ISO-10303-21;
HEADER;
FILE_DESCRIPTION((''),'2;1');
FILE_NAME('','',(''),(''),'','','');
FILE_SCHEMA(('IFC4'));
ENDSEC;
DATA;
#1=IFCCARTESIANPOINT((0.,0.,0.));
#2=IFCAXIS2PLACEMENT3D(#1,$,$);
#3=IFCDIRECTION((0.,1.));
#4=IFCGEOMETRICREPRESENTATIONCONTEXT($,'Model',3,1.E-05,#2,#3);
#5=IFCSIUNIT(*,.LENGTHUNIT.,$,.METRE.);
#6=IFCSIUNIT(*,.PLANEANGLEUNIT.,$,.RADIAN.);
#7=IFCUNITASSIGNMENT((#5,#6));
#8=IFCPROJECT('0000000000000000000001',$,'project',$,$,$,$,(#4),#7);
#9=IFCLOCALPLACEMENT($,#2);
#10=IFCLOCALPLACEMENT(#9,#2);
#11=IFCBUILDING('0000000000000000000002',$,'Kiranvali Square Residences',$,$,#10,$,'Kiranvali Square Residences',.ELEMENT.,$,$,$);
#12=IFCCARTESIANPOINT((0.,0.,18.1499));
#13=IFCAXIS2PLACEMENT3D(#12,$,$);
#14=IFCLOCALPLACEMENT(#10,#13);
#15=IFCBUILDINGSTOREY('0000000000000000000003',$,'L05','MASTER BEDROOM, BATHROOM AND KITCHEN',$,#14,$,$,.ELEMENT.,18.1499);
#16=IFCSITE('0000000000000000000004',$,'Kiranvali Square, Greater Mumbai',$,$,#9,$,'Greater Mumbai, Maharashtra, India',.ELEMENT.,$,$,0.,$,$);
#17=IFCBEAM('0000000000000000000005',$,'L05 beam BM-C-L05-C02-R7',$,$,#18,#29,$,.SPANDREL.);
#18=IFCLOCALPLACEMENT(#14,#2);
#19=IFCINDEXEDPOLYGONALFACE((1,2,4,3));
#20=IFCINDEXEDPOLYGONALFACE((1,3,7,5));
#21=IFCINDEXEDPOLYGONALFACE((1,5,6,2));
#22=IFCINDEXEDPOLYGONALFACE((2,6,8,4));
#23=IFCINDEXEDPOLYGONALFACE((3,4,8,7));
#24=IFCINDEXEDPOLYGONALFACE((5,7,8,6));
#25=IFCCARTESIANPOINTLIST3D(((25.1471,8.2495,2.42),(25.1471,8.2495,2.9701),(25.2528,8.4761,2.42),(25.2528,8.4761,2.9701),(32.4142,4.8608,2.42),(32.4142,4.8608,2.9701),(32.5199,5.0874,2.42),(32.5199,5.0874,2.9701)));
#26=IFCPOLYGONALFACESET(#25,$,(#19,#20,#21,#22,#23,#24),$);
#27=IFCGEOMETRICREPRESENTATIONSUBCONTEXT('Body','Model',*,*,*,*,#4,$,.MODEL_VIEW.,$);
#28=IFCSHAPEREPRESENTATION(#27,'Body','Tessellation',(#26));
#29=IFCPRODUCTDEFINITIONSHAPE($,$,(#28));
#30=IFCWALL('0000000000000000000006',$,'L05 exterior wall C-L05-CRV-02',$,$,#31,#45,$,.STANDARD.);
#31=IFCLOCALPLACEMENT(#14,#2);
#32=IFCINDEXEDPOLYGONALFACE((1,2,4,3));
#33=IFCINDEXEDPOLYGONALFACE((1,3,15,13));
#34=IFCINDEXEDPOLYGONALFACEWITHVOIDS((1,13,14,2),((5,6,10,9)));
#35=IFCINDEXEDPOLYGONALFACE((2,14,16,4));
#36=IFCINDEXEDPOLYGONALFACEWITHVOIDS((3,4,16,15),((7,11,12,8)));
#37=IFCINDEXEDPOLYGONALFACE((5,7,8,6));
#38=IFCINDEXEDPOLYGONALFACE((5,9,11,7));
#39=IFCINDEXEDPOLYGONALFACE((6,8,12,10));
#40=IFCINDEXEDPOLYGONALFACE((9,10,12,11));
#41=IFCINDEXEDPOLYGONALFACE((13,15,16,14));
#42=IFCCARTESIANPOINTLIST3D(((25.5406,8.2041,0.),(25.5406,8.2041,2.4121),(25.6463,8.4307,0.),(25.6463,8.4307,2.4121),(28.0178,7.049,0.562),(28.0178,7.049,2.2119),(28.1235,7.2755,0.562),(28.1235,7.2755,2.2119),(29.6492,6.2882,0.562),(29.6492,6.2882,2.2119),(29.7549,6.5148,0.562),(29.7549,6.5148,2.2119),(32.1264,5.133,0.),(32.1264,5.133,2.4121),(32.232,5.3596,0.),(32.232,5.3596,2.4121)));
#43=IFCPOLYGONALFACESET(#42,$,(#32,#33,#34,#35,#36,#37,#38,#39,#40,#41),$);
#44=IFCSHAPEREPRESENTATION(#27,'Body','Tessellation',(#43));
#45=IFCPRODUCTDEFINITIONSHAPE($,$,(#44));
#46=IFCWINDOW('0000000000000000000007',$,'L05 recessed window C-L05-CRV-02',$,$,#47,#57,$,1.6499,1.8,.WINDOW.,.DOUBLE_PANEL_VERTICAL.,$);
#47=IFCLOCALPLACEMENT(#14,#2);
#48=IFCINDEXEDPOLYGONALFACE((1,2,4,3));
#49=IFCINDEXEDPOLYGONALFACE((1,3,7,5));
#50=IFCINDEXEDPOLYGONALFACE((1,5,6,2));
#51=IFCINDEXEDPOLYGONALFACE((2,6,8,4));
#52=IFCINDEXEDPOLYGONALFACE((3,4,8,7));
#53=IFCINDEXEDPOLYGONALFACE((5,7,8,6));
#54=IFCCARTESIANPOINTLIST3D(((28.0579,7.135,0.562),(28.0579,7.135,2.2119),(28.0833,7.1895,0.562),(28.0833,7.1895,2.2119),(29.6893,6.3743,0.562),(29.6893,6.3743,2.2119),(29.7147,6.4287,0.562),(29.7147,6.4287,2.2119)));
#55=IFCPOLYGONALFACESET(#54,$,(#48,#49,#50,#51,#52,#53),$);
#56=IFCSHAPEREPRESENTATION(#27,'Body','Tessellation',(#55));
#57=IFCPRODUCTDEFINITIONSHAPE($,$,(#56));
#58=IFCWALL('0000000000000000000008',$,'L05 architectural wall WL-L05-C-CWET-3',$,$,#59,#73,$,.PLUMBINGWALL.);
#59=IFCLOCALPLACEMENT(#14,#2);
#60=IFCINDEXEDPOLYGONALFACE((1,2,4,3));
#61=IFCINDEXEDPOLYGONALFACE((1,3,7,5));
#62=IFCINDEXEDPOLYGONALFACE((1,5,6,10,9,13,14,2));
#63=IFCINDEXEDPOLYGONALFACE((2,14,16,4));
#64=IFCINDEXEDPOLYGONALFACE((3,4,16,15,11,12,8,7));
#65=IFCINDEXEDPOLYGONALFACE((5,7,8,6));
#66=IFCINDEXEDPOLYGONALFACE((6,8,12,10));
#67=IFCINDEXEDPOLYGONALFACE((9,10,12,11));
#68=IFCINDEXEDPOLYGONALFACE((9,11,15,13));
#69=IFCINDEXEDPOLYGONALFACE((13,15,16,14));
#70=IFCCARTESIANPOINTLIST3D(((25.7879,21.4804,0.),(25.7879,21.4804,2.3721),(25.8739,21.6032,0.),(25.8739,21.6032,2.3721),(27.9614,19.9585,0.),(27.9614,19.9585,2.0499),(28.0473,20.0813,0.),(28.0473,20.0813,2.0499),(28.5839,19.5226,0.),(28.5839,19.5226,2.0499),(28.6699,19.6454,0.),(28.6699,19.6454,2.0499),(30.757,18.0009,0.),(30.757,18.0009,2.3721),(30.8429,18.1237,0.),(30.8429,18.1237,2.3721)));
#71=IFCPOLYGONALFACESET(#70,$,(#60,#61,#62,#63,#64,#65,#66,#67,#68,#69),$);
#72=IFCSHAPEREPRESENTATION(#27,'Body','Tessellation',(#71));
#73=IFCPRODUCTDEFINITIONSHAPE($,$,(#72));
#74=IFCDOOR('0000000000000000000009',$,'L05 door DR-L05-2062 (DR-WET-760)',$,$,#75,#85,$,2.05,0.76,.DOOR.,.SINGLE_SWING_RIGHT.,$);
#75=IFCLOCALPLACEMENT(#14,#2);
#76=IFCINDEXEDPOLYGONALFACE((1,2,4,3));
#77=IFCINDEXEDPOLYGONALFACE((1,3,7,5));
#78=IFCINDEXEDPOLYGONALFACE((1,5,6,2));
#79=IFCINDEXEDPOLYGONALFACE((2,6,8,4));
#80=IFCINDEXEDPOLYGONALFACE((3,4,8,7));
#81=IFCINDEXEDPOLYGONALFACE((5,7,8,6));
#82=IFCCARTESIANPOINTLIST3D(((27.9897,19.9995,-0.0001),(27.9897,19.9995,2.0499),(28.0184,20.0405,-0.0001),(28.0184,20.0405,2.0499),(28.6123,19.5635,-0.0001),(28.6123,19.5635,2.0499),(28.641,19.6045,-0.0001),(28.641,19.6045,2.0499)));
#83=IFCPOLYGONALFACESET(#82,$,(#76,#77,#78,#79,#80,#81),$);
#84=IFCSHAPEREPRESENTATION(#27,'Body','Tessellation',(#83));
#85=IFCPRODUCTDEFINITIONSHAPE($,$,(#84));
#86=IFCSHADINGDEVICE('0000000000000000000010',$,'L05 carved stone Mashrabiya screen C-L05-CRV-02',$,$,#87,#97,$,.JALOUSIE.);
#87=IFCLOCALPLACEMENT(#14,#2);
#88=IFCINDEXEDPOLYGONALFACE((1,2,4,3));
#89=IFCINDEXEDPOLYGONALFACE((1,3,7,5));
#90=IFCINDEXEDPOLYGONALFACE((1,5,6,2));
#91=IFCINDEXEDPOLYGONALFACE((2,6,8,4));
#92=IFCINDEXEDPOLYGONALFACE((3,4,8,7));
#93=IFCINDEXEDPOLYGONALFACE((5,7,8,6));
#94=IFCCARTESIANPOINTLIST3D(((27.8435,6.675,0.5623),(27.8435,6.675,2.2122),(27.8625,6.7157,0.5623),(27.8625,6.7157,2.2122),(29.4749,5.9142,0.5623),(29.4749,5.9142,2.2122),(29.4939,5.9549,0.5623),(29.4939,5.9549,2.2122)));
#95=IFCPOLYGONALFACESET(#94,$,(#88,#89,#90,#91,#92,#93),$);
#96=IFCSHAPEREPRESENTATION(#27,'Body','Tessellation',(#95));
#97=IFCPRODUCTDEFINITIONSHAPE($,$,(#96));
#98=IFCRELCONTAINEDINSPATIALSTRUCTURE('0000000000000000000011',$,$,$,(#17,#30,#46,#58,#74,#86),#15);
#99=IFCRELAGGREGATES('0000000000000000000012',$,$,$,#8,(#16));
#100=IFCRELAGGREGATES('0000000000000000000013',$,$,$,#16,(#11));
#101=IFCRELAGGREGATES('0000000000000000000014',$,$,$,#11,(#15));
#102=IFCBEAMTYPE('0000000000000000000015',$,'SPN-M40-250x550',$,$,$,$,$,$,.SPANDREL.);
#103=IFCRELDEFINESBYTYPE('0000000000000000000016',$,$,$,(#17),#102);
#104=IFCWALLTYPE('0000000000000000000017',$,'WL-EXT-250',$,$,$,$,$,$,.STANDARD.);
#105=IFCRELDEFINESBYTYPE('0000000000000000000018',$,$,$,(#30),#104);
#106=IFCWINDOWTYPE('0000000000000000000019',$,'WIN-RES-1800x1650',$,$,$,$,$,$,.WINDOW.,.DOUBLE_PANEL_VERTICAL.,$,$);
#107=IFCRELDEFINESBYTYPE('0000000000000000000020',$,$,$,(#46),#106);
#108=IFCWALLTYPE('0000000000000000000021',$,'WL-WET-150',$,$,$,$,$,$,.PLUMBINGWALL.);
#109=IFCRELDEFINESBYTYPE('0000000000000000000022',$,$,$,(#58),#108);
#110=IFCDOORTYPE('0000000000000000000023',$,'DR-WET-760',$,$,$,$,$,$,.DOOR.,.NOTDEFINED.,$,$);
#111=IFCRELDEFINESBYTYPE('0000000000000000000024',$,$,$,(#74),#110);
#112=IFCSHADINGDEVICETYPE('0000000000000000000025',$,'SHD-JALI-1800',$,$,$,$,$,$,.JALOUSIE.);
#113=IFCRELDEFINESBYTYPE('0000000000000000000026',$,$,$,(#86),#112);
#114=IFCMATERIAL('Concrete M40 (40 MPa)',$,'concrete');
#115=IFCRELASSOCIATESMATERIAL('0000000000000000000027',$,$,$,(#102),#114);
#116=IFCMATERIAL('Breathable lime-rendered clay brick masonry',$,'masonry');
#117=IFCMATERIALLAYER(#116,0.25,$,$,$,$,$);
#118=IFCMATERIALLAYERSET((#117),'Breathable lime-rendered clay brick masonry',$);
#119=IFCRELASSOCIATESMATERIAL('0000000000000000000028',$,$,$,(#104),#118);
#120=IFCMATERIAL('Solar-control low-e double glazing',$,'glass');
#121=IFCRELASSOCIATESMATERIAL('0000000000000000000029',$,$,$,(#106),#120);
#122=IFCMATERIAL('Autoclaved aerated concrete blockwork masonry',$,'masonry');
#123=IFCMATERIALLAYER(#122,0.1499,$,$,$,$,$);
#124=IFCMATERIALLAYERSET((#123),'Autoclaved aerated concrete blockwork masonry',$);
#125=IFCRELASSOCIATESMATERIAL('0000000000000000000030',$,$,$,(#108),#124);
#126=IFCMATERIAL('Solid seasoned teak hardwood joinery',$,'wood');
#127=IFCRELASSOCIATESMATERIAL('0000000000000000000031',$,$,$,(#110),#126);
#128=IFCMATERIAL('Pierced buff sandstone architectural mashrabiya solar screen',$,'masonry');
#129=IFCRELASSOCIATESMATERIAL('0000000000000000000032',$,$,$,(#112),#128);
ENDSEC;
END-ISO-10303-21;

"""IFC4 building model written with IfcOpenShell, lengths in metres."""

from ifc_helpers import new_model, si_unit, direction, frame, frame_2d, origin, origin_2d, place, context, subcontext, project, spatial, rectangle, extrude, material, layer, layer_set, material_profile, profile_set, type_object, element, fill, save


model = new_model("IFC4")

# Units and contexts
model_context = context("Model", 3, precision=1e-05, world=origin(), true_north=direction((0.0, 1.0)))
body_context = subcontext(model_context, "Body", "Model", "MODEL_VIEW")
ifc_project = project(units=[si_unit("LENGTHUNIT", "METRE"), si_unit("PLANEANGLEUNIT", "RADIAN")], contexts=[model_context])

# Site, building, storey
site_placement = place(None, origin())
site = spatial("IfcSite", under=ifc_project, at=site_placement, Name="Kiranvali Square, Greater Mumbai", LongName="Greater Mumbai, Maharashtra, India", CompositionType="ELEMENT", RefElevation=0.0)
building_placement = place(site_placement, origin())
building = spatial("IfcBuilding", under=site, at=building_placement, Name="Kiranvali Square Residences", LongName="Kiranvali Square Residences", CompositionType="ELEMENT")
storey_placement = place(building_placement, frame((0.0, 0.0, 18.1499)))
storey = spatial("IfcBuildingStorey", under=building, at=storey_placement, Name="L05", Description="MASTER BEDROOM, BATHROOM AND KITCHEN", CompositionType="ELEMENT", Elevation=18.1499)

# Beam
ifc_material_1 = material(Name="Concrete M40 (40 MPa)", Category="concrete")
ifc_material_profile_1 = material_profile(ifc_material_1, rectangle(XDim=0.25, YDim=0.55, at=origin_2d()), Name="RC 250x550")
ifc_profile_set_1 = profile_set([ifc_material_profile_1], Name="Concrete M40 (40 MPa)")
beam_type_1 = type_object("IfcBeamType", Name="SPN-M40-250x550", PredefinedType="SPANDREL", material=ifc_profile_set_1)
beam_1_placement = place(storey_placement, frame((32.467, 4.9741, 2.6951), z_axis=(-0.906309, 0.422615, 0.0), x_axis=(-0.422615, -0.906309, 0.0)))
element("IfcBeam", 1, at=beam_1_placement, inside=storey, type_object=beam_type_1, Name="L05 beam BM-C-L05-C02-R7", PredefinedType="SPANDREL", context=body_context, shape_type="SweptSolid", body=[
    extrude(rectangle(XDim=0.25, YDim=0.55, at=origin_2d()), origin(), (0.0, 0.0, 1.0), 8.0183),
])

# Wall, opening, window
ifc_material_2 = material(Name="Breathable lime-rendered clay brick masonry", Category="masonry")
ifc_layer_1 = layer(ifc_material_2, 0.25)
ifc_layer_set_1 = layer_set([ifc_layer_1], Name="Breathable lime-rendered clay brick masonry")
wall_type_1 = type_object("IfcWallType", Name="WL-EXT-250", PredefinedType="STANDARD", material=ifc_layer_set_1)
wall_1_placement = place(storey_placement, frame((32.1792, 5.2463, 0.0), z_axis=(0.0, 0.0, 1.0), x_axis=(-0.906303, 0.422628, 0.0)))
wall_1 = element("IfcWall", 2, at=wall_1_placement, inside=storey, type_object=wall_type_1, Name="L05 exterior wall C-L05-CRV-02", PredefinedType="STANDARD", context=body_context, shape_type="SweptSolid", body=[
    extrude(rectangle(XDim=7.2666, YDim=0.25, at=frame_2d((3.6333, 0.0))), origin(), (0.0, 0.0, 1.0), 2.4121),
])
opening_1_placement = place(wall_1_placement, frame((2.7334, 0.0, 0.562)))
opening_1 = element("IfcOpeningElement", 3, at=opening_1_placement, cuts=wall_1, PredefinedType="OPENING", context=body_context, shape_type="SweptSolid", body=[
    extrude(rectangle(XDim=1.8, YDim=1.6499, at=frame_2d((0.8999, 0.825))), frame((0.0, 0.135, 0.0), z_axis=(0.0, -1.0, 0.0), x_axis=(1.0, 0.0, 0.0)), (0.0, 0.0, 1.0), 0.27),
])
ifc_material_3 = material(Name="Solar-control low-e double glazing", Category="glass")
window_type = type_object("IfcWindowType", Name="WIN-RES-1800x1650", PartitioningType="DOUBLE_PANEL_VERTICAL", PredefinedType="WINDOW", material=ifc_material_3)
window_placement = place(opening_1_placement, origin())
window = element("IfcWindow", 4, at=window_placement, inside=storey, type_object=window_type, Name="L05 recessed window C-L05-CRV-02", OverallHeight=1.6499, OverallWidth=1.8, PartitioningType="DOUBLE_PANEL_VERTICAL", PredefinedType="WINDOW", context=body_context, shape_type="SweptSolid", body=[
    extrude(rectangle(XDim=1.8, YDim=1.6499, at=frame_2d((0.8999, 0.825))), frame((0.0, 0.03, 0.0), z_axis=(0.0, -1.0, 0.0), x_axis=(1.0, 0.0, 0.0)), (0.0, 0.0, 1.0), 0.0601),
])
fill(opening_1, window)

# Wall, opening, door
ifc_material_4 = material(Name="Autoclaved aerated concrete blockwork masonry", Category="masonry")
ifc_layer_2 = layer(ifc_material_4, 0.1499)
ifc_layer_set_2 = layer_set([ifc_layer_2], Name="Autoclaved aerated concrete blockwork masonry")
wall_type_2 = type_object("IfcWallType", Name="WL-WET-150", PredefinedType="PLUMBINGWALL", material=ifc_layer_set_2)
wall_2_placement = place(storey_placement, frame((30.8, 18.0623, 0.0), z_axis=(0.0, 0.0, 1.0), x_axis=(-0.819139, 0.573595, 0.0)))
wall_2 = element("IfcWall", 5, at=wall_2_placement, inside=storey, type_object=wall_type_2, Name="L05 architectural wall WL-L05-C-CWET-3", PredefinedType="PLUMBINGWALL", context=body_context, shape_type="SweptSolid", body=[
    extrude(rectangle(XDim=6.0662, YDim=0.1499, at=frame_2d((3.0332, 0.0))), origin(), (0.0, 0.0, 1.0), 2.3721),
])
opening_2_placement = place(wall_2_placement, frame((2.6531, 0.0, 0.0)))
opening_2 = element("IfcOpeningElement", 6, at=opening_2_placement, cuts=wall_2, PredefinedType="OPENING", context=body_context, shape_type="SweptSolid", body=[
    extrude(rectangle(XDim=0.76, YDim=2.05, at=frame_2d((0.3799, 1.0249))), frame((0.0, 0.085, 0.0), z_axis=(0.0, -1.0, 0.0), x_axis=(1.0, 0.0, 0.0)), (0.0, 0.0, 1.0), 0.1699),
])
ifc_material_5 = material(Name="Solid seasoned teak hardwood joinery", Category="wood")
door_type = type_object("IfcDoorType", Name="DR-WET-760", OperationType="NOTDEFINED", PredefinedType="DOOR", material=ifc_material_5)
door_placement = place(opening_2_placement, frame((0.76, 0.0, 0.0), z_axis=(0.0, 0.0, 1.0), x_axis=(-1.0, 0.0, 0.0)))
door = element("IfcDoor", 7, at=door_placement, inside=storey, type_object=door_type, Name="L05 door DR-L05-2062 (DR-WET-760)", OperationType="SINGLE_SWING_RIGHT", OverallHeight=2.05, OverallWidth=0.76, PredefinedType="DOOR", context=body_context, shape_type="SweptSolid", body=[
    extrude(rectangle(XDim=0.76, YDim=2.05, at=frame_2d((0.3799, 1.0249))), frame((0.0, 0.0249, 0.0), z_axis=(0.0, -1.0, 0.0), x_axis=(1.0, 0.0, 0.0)), (0.0, 0.0, 1.0), 0.05),
])
fill(opening_2, door)

# Shading device
ifc_material_6 = material(Name="Pierced buff sandstone architectural mashrabiya solar screen", Category="masonry")
shading_device_type = type_object("IfcShadingDeviceType", Name="SHD-JALI-1800", PredefinedType="JALOUSIE", material=ifc_material_6)
shading_device_placement = place(storey_placement, frame((28.6687, 6.3149, 0.5623), z_axis=(0.0, 0.0, 1.0), x_axis=(-0.906308, 0.422618, 0.0)))
element("IfcShadingDevice", 8, at=shading_device_placement, inside=storey, type_object=shading_device_type, Name="L05 carved stone Mashrabiya screen C-L05-CRV-02", PredefinedType="JALOUSIE", context=body_context, shape_type="SweptSolid", body=[
    extrude(rectangle(XDim=1.8, YDim=0.0449, at=origin_2d()), origin(), (0.0, 0.0, 1.0), 1.6499),
])

save(model, "model.ifc")
